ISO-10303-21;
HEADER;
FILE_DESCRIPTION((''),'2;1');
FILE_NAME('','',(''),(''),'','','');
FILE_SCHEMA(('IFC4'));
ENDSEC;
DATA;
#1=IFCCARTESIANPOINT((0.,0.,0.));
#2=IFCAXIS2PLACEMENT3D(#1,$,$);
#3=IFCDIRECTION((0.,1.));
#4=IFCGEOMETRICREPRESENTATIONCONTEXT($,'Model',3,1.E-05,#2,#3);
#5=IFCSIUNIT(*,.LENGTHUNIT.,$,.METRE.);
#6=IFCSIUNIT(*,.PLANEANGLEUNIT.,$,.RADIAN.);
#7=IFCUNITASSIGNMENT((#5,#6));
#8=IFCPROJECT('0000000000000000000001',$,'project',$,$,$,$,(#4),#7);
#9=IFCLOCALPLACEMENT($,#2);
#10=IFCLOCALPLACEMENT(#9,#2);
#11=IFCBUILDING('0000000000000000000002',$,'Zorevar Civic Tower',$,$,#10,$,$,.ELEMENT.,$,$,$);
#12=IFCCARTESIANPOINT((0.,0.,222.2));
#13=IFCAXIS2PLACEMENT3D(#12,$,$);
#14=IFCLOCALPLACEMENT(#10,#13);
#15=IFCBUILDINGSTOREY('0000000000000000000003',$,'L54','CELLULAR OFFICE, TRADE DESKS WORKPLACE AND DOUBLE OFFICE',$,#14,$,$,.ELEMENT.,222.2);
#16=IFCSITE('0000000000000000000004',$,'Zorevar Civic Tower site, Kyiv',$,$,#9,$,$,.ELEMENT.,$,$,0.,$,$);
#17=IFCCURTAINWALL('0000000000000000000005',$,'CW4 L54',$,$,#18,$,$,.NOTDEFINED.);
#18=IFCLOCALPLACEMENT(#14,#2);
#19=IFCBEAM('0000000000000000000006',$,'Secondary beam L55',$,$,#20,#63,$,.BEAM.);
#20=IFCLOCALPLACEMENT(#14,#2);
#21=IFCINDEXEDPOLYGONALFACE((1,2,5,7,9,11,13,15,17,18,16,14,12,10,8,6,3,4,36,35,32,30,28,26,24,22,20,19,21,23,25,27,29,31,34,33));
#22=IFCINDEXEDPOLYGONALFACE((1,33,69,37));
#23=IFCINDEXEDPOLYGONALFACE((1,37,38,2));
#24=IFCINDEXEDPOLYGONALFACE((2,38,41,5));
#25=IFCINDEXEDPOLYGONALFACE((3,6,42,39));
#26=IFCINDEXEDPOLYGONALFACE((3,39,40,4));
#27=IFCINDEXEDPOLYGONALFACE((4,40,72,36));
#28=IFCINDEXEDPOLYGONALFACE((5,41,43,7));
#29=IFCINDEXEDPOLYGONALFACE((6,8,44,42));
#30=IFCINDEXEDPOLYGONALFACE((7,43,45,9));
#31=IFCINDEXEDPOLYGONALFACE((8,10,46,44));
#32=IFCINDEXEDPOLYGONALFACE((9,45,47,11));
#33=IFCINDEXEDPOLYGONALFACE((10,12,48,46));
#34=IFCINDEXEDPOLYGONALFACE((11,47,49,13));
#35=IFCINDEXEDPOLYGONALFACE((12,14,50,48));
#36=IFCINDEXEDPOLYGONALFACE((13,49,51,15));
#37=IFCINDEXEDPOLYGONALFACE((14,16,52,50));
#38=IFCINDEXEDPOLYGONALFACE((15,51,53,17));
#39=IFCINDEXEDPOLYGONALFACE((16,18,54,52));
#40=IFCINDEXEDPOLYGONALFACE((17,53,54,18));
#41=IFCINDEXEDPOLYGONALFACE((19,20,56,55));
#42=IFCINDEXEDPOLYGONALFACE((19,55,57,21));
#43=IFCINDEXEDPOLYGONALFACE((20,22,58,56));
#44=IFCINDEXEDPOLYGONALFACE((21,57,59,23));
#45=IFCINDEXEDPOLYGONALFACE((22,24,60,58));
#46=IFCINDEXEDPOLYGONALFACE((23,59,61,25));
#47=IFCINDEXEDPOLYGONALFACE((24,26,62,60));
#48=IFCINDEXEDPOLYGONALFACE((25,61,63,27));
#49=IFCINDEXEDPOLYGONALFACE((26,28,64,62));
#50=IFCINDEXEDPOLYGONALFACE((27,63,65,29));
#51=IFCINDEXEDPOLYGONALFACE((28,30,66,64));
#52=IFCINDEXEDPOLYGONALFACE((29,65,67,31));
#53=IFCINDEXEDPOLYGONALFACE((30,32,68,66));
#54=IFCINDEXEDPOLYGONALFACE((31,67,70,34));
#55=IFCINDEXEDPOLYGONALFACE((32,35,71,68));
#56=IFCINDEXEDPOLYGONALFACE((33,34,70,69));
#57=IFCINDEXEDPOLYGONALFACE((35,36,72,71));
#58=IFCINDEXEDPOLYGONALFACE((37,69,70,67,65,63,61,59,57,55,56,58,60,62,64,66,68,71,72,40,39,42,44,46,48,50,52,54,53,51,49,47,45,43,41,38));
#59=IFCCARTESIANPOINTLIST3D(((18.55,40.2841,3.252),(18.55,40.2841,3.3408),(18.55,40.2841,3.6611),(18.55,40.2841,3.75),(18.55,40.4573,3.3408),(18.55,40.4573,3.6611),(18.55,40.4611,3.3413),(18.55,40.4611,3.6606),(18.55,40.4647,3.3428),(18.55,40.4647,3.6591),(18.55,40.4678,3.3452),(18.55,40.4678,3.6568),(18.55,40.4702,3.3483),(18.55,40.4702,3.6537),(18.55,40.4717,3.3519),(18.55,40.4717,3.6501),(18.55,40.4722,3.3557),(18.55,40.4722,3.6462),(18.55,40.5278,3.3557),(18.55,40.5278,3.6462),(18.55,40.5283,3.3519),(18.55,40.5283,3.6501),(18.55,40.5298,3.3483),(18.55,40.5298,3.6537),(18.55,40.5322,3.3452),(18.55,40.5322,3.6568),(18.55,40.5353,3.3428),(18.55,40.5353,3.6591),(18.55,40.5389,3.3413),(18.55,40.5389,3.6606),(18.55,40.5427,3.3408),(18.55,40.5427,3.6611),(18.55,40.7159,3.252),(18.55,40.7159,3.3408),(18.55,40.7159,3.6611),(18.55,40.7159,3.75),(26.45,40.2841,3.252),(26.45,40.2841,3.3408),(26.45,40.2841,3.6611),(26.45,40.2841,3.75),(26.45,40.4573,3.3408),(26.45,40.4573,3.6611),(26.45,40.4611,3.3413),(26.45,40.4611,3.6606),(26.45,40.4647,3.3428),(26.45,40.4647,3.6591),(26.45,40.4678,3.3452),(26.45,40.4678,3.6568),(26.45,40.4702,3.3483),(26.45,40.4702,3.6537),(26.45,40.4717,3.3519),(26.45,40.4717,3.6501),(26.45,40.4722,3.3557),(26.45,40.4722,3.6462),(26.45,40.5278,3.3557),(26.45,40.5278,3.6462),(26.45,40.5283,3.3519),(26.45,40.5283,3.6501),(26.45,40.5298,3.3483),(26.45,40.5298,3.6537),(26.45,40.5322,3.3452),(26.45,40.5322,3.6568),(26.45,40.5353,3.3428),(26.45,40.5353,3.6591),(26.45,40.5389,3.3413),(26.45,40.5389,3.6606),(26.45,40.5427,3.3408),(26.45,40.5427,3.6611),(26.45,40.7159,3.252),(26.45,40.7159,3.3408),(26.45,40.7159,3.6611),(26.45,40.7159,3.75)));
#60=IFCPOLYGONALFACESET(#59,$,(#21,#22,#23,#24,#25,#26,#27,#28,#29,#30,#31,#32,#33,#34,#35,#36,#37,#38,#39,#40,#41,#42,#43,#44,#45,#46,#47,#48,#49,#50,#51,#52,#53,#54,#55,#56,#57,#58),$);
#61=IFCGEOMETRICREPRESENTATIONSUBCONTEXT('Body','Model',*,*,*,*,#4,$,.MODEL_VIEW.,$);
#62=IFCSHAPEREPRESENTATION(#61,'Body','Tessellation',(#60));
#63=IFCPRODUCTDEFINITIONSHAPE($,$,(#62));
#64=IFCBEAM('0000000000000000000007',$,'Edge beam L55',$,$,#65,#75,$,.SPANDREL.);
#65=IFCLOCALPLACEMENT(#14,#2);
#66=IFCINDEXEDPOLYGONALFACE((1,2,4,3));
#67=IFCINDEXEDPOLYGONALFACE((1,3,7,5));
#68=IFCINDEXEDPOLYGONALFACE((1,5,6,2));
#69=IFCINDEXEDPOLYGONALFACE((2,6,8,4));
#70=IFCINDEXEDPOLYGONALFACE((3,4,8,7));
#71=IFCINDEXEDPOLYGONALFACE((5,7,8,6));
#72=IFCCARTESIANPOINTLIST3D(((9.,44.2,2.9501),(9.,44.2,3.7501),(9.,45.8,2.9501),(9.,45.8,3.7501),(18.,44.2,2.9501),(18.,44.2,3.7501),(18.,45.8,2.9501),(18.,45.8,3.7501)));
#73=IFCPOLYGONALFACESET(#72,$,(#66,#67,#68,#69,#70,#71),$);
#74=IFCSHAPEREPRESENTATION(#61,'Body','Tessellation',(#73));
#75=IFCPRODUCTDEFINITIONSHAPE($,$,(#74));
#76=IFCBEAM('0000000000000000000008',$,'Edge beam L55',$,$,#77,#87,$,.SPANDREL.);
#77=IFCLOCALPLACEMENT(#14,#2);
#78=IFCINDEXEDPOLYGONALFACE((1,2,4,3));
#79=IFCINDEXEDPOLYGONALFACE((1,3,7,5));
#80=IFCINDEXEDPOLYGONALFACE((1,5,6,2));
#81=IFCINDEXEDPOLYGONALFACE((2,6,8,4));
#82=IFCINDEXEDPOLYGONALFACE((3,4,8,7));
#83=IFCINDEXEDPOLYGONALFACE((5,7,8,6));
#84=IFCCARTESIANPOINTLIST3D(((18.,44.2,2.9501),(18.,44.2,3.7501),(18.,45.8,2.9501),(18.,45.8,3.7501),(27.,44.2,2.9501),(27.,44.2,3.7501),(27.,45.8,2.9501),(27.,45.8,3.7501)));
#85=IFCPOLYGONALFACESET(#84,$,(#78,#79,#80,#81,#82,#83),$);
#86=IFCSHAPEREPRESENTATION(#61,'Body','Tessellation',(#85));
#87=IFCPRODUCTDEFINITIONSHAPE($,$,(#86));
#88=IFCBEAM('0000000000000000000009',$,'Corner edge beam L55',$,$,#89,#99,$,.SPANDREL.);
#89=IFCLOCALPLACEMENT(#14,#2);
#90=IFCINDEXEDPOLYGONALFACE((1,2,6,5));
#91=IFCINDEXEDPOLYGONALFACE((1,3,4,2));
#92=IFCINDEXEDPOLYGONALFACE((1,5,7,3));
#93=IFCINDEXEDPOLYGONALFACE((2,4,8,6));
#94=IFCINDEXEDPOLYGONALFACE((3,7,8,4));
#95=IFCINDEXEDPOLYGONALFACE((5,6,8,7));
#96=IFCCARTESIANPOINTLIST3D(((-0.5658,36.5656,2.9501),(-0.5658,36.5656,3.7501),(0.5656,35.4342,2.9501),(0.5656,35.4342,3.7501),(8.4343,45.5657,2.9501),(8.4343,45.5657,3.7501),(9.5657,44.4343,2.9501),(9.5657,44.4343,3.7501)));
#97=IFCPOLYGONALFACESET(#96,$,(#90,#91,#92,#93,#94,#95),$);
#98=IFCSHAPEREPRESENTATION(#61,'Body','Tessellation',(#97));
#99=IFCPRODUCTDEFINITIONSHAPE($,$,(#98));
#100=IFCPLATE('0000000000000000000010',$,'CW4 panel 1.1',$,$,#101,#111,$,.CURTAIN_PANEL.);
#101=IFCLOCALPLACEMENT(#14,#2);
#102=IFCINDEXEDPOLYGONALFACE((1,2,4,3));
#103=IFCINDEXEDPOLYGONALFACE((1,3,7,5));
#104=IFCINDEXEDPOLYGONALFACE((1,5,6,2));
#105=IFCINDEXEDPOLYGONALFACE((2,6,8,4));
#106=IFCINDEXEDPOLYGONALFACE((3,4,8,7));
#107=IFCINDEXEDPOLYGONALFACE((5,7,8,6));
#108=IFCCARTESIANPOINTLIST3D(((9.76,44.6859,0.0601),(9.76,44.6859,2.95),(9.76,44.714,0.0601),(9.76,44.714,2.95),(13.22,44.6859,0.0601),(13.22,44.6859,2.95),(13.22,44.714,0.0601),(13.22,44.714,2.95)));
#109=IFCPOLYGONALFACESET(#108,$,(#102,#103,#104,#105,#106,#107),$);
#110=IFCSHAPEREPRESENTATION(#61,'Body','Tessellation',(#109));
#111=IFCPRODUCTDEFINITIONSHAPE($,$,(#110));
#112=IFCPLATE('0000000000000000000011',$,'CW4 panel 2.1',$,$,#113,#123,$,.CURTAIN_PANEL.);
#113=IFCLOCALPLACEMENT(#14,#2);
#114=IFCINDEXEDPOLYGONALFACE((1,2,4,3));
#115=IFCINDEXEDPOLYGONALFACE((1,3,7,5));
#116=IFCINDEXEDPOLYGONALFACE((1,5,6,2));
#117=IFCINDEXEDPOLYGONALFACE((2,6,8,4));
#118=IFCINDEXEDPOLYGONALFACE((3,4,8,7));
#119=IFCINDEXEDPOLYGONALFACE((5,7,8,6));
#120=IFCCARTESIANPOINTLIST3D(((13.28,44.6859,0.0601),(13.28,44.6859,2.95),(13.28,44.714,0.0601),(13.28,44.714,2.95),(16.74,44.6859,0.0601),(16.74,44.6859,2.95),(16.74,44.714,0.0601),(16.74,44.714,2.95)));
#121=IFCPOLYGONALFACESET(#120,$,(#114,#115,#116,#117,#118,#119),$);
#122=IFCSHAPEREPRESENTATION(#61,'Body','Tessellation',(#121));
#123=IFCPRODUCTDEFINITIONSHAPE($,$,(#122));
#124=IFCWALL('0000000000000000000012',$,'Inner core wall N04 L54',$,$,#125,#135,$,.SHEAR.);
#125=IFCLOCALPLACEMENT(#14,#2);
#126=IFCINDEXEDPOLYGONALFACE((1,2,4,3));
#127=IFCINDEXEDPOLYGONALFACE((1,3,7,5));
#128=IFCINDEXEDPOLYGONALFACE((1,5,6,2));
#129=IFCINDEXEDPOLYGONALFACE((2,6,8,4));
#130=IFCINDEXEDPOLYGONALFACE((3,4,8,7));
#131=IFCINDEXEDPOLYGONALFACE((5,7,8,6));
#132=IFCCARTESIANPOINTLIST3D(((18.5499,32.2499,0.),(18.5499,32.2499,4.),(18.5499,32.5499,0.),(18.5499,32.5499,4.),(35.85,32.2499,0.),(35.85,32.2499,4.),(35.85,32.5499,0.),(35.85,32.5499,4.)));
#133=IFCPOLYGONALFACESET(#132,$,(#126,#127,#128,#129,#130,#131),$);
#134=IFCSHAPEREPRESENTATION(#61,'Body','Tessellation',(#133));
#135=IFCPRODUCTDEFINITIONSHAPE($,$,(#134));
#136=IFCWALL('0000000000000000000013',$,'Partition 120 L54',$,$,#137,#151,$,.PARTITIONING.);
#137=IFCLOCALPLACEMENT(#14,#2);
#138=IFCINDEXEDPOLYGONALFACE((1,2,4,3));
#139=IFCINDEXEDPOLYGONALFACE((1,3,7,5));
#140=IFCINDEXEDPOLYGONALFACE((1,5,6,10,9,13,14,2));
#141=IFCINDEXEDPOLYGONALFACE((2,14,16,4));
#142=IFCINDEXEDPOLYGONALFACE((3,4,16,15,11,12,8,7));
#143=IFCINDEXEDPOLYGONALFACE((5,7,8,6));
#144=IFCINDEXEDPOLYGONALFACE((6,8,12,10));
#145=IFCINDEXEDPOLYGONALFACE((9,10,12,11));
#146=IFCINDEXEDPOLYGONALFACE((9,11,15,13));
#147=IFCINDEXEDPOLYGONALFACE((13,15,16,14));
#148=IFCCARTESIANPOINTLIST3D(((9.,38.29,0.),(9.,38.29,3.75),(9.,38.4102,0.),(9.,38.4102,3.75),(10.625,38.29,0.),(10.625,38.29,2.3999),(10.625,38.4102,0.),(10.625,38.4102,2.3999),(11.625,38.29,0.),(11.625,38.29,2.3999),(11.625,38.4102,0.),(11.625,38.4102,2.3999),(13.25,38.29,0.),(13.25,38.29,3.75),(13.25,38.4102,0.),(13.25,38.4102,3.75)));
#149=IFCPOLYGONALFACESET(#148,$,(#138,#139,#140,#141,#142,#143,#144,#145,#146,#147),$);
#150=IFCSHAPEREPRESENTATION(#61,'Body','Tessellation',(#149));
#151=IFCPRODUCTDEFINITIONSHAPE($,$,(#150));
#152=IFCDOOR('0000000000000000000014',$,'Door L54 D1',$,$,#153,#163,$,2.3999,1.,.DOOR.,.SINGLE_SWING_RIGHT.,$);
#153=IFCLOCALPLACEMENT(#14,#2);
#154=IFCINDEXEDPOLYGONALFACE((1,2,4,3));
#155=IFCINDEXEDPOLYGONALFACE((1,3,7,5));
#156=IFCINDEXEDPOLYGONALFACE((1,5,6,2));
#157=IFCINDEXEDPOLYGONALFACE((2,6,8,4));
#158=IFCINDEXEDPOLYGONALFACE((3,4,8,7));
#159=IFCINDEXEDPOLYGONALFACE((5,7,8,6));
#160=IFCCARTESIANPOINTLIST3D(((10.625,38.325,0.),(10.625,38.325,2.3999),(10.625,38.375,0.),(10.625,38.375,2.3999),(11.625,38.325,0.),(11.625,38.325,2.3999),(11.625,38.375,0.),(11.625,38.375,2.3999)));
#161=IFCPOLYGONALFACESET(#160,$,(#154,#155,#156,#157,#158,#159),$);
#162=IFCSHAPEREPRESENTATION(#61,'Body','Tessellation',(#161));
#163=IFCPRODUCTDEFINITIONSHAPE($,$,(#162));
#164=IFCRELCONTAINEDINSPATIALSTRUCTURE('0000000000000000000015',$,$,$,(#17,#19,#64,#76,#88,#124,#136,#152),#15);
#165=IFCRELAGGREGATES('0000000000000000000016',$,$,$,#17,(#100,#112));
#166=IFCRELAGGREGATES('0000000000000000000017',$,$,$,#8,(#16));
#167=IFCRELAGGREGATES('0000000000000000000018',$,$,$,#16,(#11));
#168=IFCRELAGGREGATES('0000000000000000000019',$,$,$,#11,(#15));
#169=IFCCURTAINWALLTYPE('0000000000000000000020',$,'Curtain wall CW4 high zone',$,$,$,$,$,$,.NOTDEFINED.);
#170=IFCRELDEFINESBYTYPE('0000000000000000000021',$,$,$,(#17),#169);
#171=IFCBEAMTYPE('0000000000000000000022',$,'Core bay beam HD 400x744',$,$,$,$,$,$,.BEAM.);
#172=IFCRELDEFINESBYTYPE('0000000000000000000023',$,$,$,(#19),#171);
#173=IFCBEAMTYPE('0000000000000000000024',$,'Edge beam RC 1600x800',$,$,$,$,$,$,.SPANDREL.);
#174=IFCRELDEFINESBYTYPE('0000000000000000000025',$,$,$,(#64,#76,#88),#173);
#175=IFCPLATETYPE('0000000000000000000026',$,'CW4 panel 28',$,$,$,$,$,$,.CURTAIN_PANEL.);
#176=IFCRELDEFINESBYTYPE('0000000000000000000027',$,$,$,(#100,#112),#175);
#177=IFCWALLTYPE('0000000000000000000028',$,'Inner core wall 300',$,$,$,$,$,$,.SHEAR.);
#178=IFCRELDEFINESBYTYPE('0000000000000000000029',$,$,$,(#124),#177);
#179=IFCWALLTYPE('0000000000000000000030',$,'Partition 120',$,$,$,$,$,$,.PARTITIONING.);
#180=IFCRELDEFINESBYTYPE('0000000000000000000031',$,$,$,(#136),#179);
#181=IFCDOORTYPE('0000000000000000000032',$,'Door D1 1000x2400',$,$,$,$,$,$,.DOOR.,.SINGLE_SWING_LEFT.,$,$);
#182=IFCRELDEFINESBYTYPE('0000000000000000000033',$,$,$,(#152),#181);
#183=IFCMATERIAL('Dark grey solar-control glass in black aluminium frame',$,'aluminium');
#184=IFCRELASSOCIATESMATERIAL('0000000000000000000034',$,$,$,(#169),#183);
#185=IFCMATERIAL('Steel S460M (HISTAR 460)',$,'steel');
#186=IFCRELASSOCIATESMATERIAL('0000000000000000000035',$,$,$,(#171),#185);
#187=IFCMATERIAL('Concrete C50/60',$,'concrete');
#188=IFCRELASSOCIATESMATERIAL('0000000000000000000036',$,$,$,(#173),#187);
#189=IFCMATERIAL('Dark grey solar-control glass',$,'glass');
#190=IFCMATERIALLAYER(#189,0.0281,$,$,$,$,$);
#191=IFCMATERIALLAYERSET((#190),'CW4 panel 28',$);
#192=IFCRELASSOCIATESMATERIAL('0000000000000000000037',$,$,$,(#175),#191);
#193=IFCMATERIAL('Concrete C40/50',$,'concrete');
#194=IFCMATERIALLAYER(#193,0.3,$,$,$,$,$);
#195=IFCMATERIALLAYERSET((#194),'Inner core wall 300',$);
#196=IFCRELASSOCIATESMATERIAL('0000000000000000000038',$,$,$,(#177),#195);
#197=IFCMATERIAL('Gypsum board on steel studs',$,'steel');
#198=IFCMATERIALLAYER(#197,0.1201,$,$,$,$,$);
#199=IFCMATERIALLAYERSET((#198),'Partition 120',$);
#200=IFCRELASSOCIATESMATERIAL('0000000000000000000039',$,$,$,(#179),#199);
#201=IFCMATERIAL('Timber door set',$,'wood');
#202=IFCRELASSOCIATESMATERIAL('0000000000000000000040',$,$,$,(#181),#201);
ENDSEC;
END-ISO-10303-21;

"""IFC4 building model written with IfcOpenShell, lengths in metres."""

from ifc_helpers import new_model, si_unit, direction, frame, frame_2d, origin, origin_2d, place, context, subcontext, project, spatial, rectangle, i_section, extrude, material, layer, layer_set, material_profile, profile_set, type_object, element, fill, aggregate, save


model = new_model("IFC4")

# Units and contexts
model_context = context("Model", 3, precision=1e-05, world=origin(), true_north=direction((0.0, 1.0)))
body_context = subcontext(model_context, "Body", "Model", "MODEL_VIEW")
ifc_project = project(units=[si_unit("LENGTHUNIT", "METRE"), si_unit("PLANEANGLEUNIT", "RADIAN")], contexts=[model_context])

# Site, building, storey
site_placement = place(None, origin())
site = spatial("IfcSite", under=ifc_project, at=site_placement, Name="Zorevar Civic Tower site, Kyiv", CompositionType="ELEMENT", RefElevation=0.0)
building_placement = place(site_placement, origin())
building = spatial("IfcBuilding", under=site, at=building_placement, Name="Zorevar Civic Tower", CompositionType="ELEMENT")
storey_placement = place(building_placement, frame((0.0, 0.0, 222.2)))
storey = spatial("IfcBuildingStorey", under=building, at=storey_placement, Name="L54", Description="CELLULAR OFFICE, TRADE DESKS WORKPLACE AND DOUBLE OFFICE", CompositionType="ELEMENT", Elevation=222.2)

# Curtain wall
ifc_material_1 = material(Name="Dark grey solar-control glass in black aluminium frame", Category="aluminium")
curtain_wall_type = type_object("IfcCurtainWallType", Name="Curtain wall CW4 high zone", PredefinedType="NOTDEFINED", material=ifc_material_1)
curtain_wall_placement = place(storey_placement, origin())
curtain_wall = element("IfcCurtainWall", 1, at=curtain_wall_placement, inside=storey, type_object=curtain_wall_type, Name="CW4 L54", PredefinedType="NOTDEFINED")

# Beams
ifc_material_2 = material(Name="Steel S460M (HISTAR 460)", Category="steel")
ifc_material_profile_1 = material_profile(ifc_material_2, i_section(OverallWidth=0.4319, OverallDepth=0.498, WebThickness=0.0557, FlangeThickness=0.0889, FilletRadius=0.0149, at=origin_2d()), Name="HD 400x744")
ifc_profile_set_1 = profile_set([ifc_material_profile_1], Name="Steel S460M (HISTAR 460)")
beam_type_1 = type_object("IfcBeamType", Name="Core bay beam HD 400x744", PredefinedType="BEAM", material=ifc_profile_set_1)
beam_1_placement = place(storey_placement, frame((18.55, 40.5, 3.501), z_axis=(1.0, 0.0, 0.0), x_axis=(0.0, 1.0, 0.0)))
element("IfcBeam", 2, at=beam_1_placement, inside=storey, type_object=beam_type_1, Name="Secondary beam L55", PredefinedType="BEAM", context=body_context, shape_type="SweptSolid", body=[
    extrude(i_section(OverallWidth=0.4319, OverallDepth=0.498, WebThickness=0.0557, FlangeThickness=0.0889, FilletRadius=0.0149, at=origin_2d()), origin(), (0.0, 0.0, 1.0), 7.8999),
])
ifc_material_3 = material(Name="Concrete C50/60", Category="concrete")
ifc_material_profile_2 = material_profile(ifc_material_3, rectangle(XDim=1.6001, YDim=0.8, at=origin_2d()), Name="RC 1600x800")
ifc_profile_set_2 = profile_set([ifc_material_profile_2], Name="Concrete C50/60")
beam_type_2 = type_object("IfcBeamType", Name="Edge beam RC 1600x800", PredefinedType="SPANDREL", material=ifc_profile_set_2)
for number, where, z_axis, x_axis, name in (
    (3, (9.0, 45.0, 3.3501), (1.0, 0.0, 0.0), (0.0, 1.0, 0.0), "Edge beam L55"),
    (4, (18.0, 45.0, 3.3501), (1.0, 0.0, 0.0), (0.0, 1.0, 0.0), "Edge beam L55"),
):
    element("IfcBeam", number, at=place(storey_placement, frame(where, z_axis=z_axis, x_axis=x_axis)), inside=storey, type_object=beam_type_2, Name=name, PredefinedType="SPANDREL", context=body_context, shape_type="SweptSolid", body=[
        extrude(rectangle(XDim=1.6001, YDim=0.8, at=origin_2d()), origin(), (0.0, 0.0, 1.0), 9.0),
    ])
beam_2_placement = place(storey_placement, frame((9.0, 45.0, 3.3501), z_axis=(-0.707107, -0.707107, 0.0), x_axis=(0.707107, -0.707107, 0.0)))
element("IfcBeam", 5, at=beam_2_placement, inside=storey, type_object=beam_type_2, Name="Corner edge beam L55", PredefinedType="SPANDREL", context=body_context, shape_type="SweptSolid", body=[
    extrude(rectangle(XDim=1.6001, YDim=0.8, at=origin_2d()), origin(), (0.0, 0.0, 1.0), 12.728),
])

# Plates
ifc_material_4 = material(Name="Dark grey solar-control glass", Category="glass")
ifc_layer_1 = layer(ifc_material_4, 0.0281)
ifc_layer_set_1 = layer_set([ifc_layer_1], Name="CW4 panel 28")
plate_type = type_object("IfcPlateType", Name="CW4 panel 28", PredefinedType="CURTAIN_PANEL", material=ifc_layer_set_1)
plate_1_placement = place(storey_placement, frame((11.49, 44.7, 0.0601), z_axis=(0.0, 0.0, 1.0), x_axis=(1.0, 0.0, 0.0)))
plate_1 = element("IfcPlate", 6, at=plate_1_placement, type_object=plate_type, Name="CW4 panel 1.1", PredefinedType="CURTAIN_PANEL", context=body_context, shape_type="SweptSolid", body=[
    extrude(rectangle(XDim=3.46, YDim=0.0281, at=origin_2d()), origin(), (0.0, 0.0, 1.0), 2.8899),
])
plate_2_placement = place(storey_placement, frame((15.01, 44.7, 0.0601), z_axis=(0.0, 0.0, 1.0), x_axis=(1.0, 0.0, 0.0)))
plate_2 = element("IfcPlate", 7, at=plate_2_placement, type_object=plate_type, Name="CW4 panel 2.1", PredefinedType="CURTAIN_PANEL", context=body_context, shape_type="SweptSolid", body=[
    extrude(rectangle(XDim=3.46, YDim=0.0281, at=origin_2d()), origin(), (0.0, 0.0, 1.0), 2.8899),
])
aggregate(curtain_wall, [plate_1, plate_2])

# Wall
ifc_material_5 = material(Name="Concrete C40/50", Category="concrete")
ifc_layer_2 = layer(ifc_material_5, 0.3)
ifc_layer_set_2 = layer_set([ifc_layer_2], Name="Inner core wall 300")
wall_type_1 = type_object("IfcWallType", Name="Inner core wall 300", PredefinedType="SHEAR", material=ifc_layer_set_2)
wall_1_placement = place(storey_placement, frame((18.55, 32.3999, 0.0), z_axis=(0.0, 0.0, 1.0), x_axis=(1.0, 0.0, 0.0)))
element("IfcWall", 8, at=wall_1_placement, inside=storey, type_object=wall_type_1, Name="Inner core wall N04 L54", PredefinedType="SHEAR", context=body_context, shape_type="SweptSolid", body=[
    extrude(rectangle(XDim=17.3, YDim=0.3, at=frame_2d((8.6499, 0.0))), origin(), (0.0, 0.0, 1.0), 4.0),
])

# Wall, opening, door
ifc_material_6 = material(Name="Gypsum board on steel studs", Category="steel")
ifc_layer_3 = layer(ifc_material_6, 0.1201)
ifc_layer_set_3 = layer_set([ifc_layer_3], Name="Partition 120")
wall_type_2 = type_object("IfcWallType", Name="Partition 120", PredefinedType="PARTITIONING", material=ifc_layer_set_3)
wall_2_placement = place(storey_placement, frame((9.0, 38.3501, 0.0), z_axis=(0.0, 0.0, 1.0), x_axis=(1.0, 0.0, 0.0)))
wall_2 = element("IfcWall", 9, at=wall_2_placement, inside=storey, type_object=wall_type_2, Name="Partition 120 L54", PredefinedType="PARTITIONING", context=body_context, shape_type="SweptSolid", body=[
    extrude(rectangle(XDim=4.25, YDim=0.1201, at=frame_2d((2.125, 0.0))), origin(), (0.0, 0.0, 1.0), 3.75),
])
opening_1_placement = place(wall_2_placement, frame((1.625, 0.0, 0.0)))
opening_1 = element("IfcOpeningElement", 10, at=opening_1_placement, cuts=wall_2, PredefinedType="OPENING", context=body_context, shape_type="SweptSolid", body=[
    extrude(rectangle(XDim=1.0, YDim=2.3999, at=frame_2d((0.5, 1.2))), frame((0.0, 0.0701, 0.0), z_axis=(0.0, -1.0, 0.0), x_axis=(1.0, 0.0, 0.0)), (0.0, 0.0, 1.0), 0.1401),
])
ifc_material_7 = material(Name="Timber door set", Category="wood")
door_type_1 = type_object("IfcDoorType", Name="Door D1 1000x2400", OperationType="SINGLE_SWING_LEFT", PredefinedType="DOOR", material=ifc_material_7)
door_1_placement = place(opening_1_placement, origin())
door_1 = element("IfcDoor", 11, at=door_1_placement, inside=storey, type_object=door_type_1, Name="Door L54 D1", OperationType="SINGLE_SWING_RIGHT", OverallHeight=2.3999, OverallWidth=1.0, PredefinedType="DOOR", context=body_context, shape_type="SweptSolid", body=[
    extrude(rectangle(XDim=1.0, YDim=2.3999, at=frame_2d((0.5, 1.2))), frame((0.0, 0.0249, 0.0), z_axis=(0.0, -1.0, 0.0), x_axis=(1.0, 0.0, 0.0)), (0.0, 0.0, 1.0), 0.05),
])
fill(opening_1, door_1)

save(model, "model.ifc")
